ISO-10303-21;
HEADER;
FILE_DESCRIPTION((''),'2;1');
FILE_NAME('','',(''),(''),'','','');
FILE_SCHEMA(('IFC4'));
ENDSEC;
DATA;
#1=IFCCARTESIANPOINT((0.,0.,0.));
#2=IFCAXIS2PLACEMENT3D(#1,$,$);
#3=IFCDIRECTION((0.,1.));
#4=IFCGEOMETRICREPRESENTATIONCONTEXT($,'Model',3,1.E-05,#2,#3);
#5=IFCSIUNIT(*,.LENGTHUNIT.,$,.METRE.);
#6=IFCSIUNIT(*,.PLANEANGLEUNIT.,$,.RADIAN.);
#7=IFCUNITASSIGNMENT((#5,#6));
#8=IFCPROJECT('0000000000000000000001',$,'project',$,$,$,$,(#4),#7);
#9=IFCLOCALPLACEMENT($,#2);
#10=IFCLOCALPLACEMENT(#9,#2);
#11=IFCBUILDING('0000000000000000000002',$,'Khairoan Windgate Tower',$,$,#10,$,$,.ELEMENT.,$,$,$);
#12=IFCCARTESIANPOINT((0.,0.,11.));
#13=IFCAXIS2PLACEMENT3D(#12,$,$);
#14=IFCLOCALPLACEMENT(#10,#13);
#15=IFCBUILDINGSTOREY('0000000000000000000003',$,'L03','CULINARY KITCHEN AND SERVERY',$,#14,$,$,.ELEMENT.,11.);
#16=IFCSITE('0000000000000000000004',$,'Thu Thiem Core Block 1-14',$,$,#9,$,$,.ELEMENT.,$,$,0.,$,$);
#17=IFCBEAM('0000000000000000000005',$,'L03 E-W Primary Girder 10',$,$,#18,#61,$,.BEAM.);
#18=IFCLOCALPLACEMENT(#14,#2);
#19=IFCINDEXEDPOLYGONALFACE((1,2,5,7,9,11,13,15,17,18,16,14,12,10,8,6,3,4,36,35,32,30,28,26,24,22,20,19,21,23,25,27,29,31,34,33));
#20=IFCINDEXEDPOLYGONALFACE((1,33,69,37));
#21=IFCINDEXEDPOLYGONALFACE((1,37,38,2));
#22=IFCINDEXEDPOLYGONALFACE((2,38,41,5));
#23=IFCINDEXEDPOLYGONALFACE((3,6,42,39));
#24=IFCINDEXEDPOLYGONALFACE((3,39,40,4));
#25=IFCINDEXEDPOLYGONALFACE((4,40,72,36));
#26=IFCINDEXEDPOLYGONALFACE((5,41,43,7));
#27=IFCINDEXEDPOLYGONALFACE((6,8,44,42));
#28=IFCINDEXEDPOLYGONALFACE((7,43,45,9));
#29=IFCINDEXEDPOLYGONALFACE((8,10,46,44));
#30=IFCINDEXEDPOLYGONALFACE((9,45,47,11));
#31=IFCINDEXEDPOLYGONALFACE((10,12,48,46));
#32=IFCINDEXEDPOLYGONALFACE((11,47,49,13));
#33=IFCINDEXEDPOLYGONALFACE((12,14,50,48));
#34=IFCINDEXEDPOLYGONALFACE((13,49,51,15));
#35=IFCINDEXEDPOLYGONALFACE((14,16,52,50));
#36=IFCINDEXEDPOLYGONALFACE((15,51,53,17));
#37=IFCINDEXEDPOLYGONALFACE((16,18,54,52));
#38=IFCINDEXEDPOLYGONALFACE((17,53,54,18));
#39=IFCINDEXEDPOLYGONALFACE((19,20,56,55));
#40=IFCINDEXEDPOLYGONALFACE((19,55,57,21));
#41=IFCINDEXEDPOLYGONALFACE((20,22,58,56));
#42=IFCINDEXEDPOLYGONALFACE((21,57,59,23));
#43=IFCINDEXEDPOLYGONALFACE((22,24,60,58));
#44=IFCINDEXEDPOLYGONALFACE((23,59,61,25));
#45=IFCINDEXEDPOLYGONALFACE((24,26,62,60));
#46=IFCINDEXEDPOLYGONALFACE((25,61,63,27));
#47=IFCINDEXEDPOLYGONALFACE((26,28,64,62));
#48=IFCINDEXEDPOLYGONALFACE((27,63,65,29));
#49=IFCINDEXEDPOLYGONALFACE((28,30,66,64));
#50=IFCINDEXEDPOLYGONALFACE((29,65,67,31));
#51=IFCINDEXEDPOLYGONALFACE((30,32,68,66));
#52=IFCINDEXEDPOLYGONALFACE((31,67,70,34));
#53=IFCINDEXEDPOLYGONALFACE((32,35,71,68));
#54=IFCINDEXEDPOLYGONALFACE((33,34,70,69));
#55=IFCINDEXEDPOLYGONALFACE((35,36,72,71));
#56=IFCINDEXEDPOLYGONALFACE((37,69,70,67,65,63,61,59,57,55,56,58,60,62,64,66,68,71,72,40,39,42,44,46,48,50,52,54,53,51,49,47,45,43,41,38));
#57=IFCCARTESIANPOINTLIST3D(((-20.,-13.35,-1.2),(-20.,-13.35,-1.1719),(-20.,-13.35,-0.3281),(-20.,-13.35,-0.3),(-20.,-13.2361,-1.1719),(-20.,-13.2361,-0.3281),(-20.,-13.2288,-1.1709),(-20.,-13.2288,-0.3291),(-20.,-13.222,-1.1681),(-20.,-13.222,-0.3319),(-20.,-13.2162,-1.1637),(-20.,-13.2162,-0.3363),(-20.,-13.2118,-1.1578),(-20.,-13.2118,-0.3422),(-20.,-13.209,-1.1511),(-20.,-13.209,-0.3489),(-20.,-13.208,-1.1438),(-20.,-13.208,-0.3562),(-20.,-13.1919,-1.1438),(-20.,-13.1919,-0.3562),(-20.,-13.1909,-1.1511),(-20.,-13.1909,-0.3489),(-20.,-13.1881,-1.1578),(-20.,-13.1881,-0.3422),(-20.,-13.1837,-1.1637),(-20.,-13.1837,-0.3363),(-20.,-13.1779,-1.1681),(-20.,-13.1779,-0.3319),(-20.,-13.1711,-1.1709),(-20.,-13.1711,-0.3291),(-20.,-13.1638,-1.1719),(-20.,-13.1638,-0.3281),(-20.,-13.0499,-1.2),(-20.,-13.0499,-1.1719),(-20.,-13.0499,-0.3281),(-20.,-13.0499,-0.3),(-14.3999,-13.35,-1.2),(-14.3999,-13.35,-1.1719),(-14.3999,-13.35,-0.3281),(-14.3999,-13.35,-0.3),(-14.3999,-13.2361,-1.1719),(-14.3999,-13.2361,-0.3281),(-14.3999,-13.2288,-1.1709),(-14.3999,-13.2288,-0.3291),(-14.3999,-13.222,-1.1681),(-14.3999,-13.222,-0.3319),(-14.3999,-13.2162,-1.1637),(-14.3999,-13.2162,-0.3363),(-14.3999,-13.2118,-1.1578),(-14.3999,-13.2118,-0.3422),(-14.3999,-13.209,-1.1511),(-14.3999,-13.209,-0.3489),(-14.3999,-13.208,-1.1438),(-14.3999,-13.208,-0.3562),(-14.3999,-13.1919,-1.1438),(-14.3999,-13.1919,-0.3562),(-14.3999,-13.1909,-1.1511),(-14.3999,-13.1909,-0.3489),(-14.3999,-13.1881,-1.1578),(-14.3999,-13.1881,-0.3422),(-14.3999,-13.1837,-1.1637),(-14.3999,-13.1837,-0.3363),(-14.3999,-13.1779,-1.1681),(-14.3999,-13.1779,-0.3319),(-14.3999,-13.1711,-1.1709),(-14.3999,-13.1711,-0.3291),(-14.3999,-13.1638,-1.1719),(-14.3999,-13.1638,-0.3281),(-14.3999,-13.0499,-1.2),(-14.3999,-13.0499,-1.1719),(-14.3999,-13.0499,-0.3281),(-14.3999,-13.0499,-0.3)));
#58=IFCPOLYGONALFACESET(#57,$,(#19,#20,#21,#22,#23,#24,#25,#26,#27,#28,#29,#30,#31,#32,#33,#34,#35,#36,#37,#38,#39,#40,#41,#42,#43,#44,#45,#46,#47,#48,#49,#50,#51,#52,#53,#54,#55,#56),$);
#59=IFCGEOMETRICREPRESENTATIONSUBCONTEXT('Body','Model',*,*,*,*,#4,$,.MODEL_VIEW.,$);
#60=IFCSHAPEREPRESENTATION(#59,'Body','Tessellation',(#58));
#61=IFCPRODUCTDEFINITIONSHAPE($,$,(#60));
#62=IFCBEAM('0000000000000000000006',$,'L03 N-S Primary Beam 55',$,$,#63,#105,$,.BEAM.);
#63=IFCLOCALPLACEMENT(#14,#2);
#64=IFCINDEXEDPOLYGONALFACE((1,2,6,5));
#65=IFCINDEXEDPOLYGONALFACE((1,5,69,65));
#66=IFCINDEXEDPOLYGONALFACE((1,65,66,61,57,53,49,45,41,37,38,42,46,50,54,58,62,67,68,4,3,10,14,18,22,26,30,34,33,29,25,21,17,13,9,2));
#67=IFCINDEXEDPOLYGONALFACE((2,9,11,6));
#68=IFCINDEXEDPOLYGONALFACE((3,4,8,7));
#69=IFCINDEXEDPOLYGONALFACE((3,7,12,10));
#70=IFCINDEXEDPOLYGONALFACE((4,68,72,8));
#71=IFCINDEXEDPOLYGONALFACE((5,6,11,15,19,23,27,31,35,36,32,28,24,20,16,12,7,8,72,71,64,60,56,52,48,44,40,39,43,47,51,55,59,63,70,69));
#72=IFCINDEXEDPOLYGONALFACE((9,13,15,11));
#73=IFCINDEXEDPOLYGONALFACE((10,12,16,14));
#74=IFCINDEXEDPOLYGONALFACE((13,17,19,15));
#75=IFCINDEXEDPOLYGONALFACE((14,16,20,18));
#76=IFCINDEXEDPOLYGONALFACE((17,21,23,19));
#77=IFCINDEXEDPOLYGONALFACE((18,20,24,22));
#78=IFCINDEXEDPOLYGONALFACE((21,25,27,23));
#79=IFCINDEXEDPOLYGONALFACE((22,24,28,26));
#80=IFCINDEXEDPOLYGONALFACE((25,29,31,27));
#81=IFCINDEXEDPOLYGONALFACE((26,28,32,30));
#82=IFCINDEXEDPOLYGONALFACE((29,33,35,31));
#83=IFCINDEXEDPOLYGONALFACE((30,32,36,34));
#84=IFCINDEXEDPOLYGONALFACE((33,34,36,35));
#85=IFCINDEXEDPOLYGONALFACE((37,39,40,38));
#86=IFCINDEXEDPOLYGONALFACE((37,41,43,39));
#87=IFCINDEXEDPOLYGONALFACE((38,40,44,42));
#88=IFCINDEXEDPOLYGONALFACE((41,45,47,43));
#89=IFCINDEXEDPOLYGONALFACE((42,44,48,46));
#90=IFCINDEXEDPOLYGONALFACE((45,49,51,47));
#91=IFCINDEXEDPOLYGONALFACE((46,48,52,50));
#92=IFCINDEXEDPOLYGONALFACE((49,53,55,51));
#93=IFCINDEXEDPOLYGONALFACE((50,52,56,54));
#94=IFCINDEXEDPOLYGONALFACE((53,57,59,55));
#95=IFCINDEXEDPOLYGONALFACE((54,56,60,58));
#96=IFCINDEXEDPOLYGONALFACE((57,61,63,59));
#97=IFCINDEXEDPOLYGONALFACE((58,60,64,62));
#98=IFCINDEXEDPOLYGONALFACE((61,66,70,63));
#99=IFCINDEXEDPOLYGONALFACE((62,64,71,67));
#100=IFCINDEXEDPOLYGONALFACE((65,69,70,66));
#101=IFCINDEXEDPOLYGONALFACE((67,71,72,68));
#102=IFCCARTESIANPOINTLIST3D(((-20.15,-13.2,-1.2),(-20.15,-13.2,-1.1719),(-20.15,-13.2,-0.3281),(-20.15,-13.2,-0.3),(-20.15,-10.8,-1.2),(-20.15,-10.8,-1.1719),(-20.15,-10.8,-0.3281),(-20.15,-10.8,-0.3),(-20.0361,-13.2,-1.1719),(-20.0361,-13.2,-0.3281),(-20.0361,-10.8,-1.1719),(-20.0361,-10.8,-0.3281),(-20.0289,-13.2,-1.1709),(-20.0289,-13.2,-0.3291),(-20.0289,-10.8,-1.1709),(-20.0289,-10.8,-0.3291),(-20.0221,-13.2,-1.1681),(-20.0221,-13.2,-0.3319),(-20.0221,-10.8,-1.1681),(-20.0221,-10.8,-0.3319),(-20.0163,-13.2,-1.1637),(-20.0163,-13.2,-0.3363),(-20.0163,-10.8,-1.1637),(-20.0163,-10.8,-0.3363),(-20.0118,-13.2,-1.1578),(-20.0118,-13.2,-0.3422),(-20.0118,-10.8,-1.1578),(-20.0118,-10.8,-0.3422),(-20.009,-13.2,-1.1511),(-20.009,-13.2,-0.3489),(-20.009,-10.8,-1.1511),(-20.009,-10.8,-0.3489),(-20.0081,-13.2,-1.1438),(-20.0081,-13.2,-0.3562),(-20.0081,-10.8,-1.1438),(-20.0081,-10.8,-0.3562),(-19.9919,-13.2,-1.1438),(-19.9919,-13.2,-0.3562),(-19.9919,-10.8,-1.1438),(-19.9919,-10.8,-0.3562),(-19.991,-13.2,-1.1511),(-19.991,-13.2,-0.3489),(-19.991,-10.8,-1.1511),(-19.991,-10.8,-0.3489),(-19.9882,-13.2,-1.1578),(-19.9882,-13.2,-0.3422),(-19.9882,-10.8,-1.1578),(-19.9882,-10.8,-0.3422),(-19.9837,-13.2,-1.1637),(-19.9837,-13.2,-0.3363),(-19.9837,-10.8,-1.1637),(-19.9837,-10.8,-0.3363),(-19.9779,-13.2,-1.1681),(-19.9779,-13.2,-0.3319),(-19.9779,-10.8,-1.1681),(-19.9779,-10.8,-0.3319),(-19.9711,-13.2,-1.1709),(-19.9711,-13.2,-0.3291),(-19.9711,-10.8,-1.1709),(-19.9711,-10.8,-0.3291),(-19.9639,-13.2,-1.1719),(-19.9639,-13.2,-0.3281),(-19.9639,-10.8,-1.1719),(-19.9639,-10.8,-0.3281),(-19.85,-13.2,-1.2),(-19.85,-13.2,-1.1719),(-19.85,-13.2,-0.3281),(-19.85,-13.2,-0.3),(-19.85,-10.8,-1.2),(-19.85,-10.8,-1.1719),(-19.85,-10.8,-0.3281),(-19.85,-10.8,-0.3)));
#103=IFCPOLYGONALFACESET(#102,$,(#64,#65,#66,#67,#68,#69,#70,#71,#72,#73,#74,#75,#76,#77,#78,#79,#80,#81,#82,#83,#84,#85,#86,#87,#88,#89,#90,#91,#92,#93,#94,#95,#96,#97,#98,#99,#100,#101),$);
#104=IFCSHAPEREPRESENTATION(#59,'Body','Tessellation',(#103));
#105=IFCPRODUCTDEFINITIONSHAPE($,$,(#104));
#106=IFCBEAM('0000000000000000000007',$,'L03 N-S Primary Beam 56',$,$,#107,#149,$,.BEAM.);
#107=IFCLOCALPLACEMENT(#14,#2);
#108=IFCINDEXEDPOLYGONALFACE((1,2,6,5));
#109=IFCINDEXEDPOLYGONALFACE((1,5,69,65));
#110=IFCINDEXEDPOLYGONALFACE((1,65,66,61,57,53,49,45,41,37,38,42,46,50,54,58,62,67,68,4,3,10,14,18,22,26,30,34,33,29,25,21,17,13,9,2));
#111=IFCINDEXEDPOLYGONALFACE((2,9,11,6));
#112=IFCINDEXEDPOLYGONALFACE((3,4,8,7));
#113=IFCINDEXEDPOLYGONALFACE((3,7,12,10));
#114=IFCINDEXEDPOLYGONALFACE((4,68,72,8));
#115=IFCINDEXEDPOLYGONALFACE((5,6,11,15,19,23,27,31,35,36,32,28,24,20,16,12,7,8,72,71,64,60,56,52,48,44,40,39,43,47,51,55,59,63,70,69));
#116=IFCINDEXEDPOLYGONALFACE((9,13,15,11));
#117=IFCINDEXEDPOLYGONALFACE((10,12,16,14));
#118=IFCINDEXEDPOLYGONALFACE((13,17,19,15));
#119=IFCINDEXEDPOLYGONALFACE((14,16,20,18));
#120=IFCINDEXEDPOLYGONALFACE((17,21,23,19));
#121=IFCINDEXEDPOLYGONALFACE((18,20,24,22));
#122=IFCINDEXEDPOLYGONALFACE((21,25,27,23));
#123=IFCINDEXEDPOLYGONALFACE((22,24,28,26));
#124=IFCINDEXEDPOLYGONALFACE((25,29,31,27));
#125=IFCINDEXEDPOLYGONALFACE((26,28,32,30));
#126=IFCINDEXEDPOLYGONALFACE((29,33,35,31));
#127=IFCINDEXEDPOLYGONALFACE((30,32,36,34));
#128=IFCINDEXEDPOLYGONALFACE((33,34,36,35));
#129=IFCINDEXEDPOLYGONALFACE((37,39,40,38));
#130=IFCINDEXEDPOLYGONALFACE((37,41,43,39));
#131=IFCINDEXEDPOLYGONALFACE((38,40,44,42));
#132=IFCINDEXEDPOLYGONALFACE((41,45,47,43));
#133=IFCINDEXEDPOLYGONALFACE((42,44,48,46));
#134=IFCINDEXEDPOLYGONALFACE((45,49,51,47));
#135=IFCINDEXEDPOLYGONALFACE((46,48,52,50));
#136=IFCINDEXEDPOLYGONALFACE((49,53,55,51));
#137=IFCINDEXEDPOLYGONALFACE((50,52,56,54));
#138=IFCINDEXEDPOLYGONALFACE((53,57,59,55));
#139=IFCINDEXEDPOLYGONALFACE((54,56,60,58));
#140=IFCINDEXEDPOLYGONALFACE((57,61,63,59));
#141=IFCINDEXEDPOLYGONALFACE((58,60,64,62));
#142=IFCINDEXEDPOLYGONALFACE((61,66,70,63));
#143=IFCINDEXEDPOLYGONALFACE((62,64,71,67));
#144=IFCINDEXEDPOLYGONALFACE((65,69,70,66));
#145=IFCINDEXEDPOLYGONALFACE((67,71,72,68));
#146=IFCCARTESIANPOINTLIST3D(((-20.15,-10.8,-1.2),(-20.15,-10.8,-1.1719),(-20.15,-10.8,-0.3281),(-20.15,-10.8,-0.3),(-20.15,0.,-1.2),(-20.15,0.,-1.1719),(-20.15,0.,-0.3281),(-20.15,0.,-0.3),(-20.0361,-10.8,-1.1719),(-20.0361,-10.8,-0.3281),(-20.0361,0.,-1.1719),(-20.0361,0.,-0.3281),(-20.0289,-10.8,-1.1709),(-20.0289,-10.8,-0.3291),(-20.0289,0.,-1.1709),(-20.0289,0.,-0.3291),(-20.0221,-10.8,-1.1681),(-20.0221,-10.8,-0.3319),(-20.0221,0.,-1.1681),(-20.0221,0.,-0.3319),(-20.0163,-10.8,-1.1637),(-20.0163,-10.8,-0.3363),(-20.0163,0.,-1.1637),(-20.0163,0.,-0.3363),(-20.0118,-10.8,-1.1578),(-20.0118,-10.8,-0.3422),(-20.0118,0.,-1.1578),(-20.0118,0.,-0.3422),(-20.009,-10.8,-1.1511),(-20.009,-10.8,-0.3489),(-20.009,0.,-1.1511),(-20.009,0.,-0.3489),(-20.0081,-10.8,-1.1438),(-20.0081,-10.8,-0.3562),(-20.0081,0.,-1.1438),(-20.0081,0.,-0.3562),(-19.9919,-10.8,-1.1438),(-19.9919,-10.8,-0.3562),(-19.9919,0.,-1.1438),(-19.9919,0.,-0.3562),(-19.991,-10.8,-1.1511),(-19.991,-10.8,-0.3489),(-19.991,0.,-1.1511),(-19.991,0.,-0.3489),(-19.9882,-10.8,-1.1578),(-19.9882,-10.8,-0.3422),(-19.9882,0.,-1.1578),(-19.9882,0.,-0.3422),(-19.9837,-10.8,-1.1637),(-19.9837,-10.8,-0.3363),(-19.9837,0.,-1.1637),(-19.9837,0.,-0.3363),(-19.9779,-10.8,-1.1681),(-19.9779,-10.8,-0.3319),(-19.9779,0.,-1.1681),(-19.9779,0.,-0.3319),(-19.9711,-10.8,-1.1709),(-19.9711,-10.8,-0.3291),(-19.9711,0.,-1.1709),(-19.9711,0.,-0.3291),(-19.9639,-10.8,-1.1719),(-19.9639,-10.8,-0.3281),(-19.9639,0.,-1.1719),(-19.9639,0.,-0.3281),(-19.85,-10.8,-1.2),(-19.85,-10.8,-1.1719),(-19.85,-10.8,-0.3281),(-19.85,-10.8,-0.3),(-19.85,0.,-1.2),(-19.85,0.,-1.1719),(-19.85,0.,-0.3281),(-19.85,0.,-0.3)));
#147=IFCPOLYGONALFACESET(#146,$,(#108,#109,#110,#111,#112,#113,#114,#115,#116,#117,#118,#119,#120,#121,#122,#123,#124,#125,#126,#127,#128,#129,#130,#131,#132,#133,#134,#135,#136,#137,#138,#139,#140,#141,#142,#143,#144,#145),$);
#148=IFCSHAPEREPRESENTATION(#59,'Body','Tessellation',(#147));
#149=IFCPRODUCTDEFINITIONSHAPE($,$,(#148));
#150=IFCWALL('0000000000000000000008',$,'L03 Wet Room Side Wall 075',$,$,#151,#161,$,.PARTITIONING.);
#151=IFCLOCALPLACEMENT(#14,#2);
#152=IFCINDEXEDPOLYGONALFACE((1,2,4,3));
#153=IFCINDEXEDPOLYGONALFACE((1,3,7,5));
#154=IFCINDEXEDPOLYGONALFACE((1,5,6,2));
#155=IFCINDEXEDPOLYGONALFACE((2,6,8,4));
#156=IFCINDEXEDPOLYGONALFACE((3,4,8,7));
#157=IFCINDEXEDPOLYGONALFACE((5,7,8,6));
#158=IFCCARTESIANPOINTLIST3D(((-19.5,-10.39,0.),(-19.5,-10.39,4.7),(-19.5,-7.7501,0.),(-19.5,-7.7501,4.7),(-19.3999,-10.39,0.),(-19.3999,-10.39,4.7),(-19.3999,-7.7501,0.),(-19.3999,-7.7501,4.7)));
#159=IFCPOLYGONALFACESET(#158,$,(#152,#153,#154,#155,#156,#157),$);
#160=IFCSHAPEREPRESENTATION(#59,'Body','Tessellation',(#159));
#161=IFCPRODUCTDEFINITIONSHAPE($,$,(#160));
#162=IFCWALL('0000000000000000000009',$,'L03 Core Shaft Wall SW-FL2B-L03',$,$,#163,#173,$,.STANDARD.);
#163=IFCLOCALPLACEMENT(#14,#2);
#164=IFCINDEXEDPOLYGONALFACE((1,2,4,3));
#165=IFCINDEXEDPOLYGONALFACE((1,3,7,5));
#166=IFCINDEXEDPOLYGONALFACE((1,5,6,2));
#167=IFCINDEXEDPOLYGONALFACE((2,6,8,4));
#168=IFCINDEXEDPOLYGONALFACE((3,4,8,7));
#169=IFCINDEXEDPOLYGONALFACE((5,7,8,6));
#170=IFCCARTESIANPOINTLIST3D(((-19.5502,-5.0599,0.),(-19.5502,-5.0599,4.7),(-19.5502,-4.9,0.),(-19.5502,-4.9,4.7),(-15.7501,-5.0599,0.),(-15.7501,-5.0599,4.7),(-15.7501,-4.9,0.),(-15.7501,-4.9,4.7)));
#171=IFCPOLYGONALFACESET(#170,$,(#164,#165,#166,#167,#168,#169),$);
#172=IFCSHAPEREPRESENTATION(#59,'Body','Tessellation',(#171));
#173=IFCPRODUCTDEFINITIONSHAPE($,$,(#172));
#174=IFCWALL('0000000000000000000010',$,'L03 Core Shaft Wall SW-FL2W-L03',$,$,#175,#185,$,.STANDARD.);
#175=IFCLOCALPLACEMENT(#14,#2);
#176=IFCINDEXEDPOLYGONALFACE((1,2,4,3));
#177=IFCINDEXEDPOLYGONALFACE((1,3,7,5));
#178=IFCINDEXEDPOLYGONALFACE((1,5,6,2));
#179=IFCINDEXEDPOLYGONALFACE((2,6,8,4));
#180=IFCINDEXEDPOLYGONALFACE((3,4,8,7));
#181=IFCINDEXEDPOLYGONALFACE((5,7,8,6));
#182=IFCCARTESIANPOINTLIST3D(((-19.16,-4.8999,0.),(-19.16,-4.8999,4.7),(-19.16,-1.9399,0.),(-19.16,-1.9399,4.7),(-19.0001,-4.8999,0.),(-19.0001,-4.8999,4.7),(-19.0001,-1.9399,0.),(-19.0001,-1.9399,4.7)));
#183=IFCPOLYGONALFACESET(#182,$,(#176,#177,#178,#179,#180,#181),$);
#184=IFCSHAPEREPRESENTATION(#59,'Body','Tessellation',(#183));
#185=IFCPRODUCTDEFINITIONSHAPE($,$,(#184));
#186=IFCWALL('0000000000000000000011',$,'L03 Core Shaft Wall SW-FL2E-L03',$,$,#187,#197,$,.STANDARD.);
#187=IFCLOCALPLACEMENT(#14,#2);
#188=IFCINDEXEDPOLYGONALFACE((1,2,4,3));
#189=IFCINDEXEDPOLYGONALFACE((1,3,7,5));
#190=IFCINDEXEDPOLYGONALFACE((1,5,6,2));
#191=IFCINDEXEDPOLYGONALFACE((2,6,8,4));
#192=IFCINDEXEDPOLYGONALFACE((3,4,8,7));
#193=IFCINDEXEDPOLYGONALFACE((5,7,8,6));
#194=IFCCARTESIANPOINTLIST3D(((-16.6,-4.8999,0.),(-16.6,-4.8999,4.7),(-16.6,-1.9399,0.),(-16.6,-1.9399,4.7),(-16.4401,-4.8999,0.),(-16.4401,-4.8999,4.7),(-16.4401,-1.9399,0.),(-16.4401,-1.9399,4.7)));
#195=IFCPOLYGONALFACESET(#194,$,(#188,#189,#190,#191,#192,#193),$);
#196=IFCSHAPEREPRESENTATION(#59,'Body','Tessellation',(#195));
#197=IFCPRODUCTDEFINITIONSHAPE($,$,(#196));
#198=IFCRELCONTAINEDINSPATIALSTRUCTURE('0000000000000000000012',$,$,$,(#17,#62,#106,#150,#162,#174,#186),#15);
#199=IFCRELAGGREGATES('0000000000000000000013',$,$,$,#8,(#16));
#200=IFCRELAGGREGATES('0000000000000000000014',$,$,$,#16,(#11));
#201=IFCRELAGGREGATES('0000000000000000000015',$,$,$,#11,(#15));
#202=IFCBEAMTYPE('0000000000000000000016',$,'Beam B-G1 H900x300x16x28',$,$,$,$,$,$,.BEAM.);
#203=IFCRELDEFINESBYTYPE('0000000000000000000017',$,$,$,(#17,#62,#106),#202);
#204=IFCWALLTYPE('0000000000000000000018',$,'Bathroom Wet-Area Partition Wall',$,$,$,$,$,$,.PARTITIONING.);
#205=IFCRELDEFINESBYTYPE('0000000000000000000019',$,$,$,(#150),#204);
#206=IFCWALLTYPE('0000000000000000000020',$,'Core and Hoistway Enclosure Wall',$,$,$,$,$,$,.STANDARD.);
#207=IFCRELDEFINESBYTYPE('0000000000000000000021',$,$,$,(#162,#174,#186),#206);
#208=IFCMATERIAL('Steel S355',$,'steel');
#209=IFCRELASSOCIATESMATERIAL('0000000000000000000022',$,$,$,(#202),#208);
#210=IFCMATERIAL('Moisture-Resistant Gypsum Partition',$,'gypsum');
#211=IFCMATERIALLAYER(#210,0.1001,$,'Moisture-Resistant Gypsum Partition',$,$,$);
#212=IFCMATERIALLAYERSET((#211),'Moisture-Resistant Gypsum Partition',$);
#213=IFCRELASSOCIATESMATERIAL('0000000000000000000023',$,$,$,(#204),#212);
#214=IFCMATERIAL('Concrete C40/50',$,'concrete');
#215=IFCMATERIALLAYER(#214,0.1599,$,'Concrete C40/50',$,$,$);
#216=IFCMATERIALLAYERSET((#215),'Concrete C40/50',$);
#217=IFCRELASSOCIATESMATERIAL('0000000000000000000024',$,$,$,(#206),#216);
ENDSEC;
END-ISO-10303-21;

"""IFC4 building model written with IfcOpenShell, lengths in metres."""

from ifc_helpers import new_model, si_unit, direction, frame, frame_2d, origin, origin_2d, place, context, subcontext, project, spatial, rectangle, i_section, extrude, material, layer, layer_set, material_profile, profile_set, type_object, element, save


model = new_model("IFC4")

# Units and contexts
model_context = context("Model", 3, precision=1e-05, world=origin(), true_north=direction((0.0, 1.0)))
body_context = subcontext(model_context, "Body", "Model", "MODEL_VIEW")
ifc_project = project(units=[si_unit("LENGTHUNIT", "METRE"), si_unit("PLANEANGLEUNIT", "RADIAN")], contexts=[model_context])

# Site, building, storey
site_placement = place(None, origin())
site = spatial("IfcSite", under=ifc_project, at=site_placement, Name="Thu Thiem Core Block 1-14", CompositionType="ELEMENT", RefElevation=0.0)
building_placement = place(site_placement, origin())
building = spatial("IfcBuilding", under=site, at=building_placement, Name="Khairoan Windgate Tower", CompositionType="ELEMENT")
storey_placement = place(building_placement, frame((0.0, 0.0, 11.0)))
storey = spatial("IfcBuildingStorey", under=building, at=storey_placement, Name="L03", Description="CULINARY KITCHEN AND SERVERY", CompositionType="ELEMENT", Elevation=11.0)

# Beams
ifc_material_1 = material(Name="Steel S355", Category="steel")
ifc_material_profile = material_profile(ifc_material_1, i_section(OverallWidth=0.3, OverallDepth=0.8999, WebThickness=0.0161, FlangeThickness=0.0281, FilletRadius=0.0281, at=origin_2d()))
ifc_profile_set = profile_set([ifc_material_profile], Name="Steel S355")
beam_type = type_object("IfcBeamType", Name="Beam B-G1 H900x300x16x28", PredefinedType="BEAM", material=ifc_profile_set)
beam_1_placement = place(storey_placement, frame((-20.0, -13.2, -0.75), z_axis=(1.0, 0.0, 0.0), x_axis=(0.0, 1.0, 0.0)))
element("IfcBeam", 1, at=beam_1_placement, inside=storey, type_object=beam_type, Name="L03 E-W Primary Girder 10", PredefinedType="BEAM", context=body_context, shape_type="SweptSolid", body=[
    extrude(i_section(OverallWidth=0.3, OverallDepth=0.8999, WebThickness=0.0161, FlangeThickness=0.0281, FilletRadius=0.0281, at=origin_2d()), origin(), (0.0, 0.0, 1.0), 5.6001),
])
beam_2_placement = place(storey_placement, frame((-20.0, -13.2, -0.75), z_axis=(0.0, 1.0, 0.0), x_axis=(-1.0, 0.0, 0.0)))
element("IfcBeam", 2, at=beam_2_placement, inside=storey, type_object=beam_type, Name="L03 N-S Primary Beam 55", PredefinedType="BEAM", context=body_context, shape_type="SweptSolid", body=[
    extrude(i_section(OverallWidth=0.3, OverallDepth=0.8999, WebThickness=0.0161, FlangeThickness=0.0281, FilletRadius=0.0281, at=origin_2d()), origin(), (0.0, 0.0, 1.0), 2.3999),
])
beam_3_placement = place(storey_placement, frame((-20.0, -10.8, -0.75), z_axis=(0.0, 1.0, 0.0), x_axis=(-1.0, 0.0, 0.0)))
element("IfcBeam", 3, at=beam_3_placement, inside=storey, type_object=beam_type, Name="L03 N-S Primary Beam 56", PredefinedType="BEAM", context=body_context, shape_type="SweptSolid", body=[
    extrude(i_section(OverallWidth=0.3, OverallDepth=0.8999, WebThickness=0.0161, FlangeThickness=0.0281, FilletRadius=0.0281, at=origin_2d()), origin(), (0.0, 0.0, 1.0), 10.8),
])

# Walls
ifc_material_2 = material(Name="Moisture-Resistant Gypsum Partition", Category="gypsum")
ifc_layer_1 = layer(ifc_material_2, 0.1001, Name="Moisture-Resistant Gypsum Partition")
ifc_layer_set_1 = layer_set([ifc_layer_1], Name="Moisture-Resistant Gypsum Partition")
wall_type_1 = type_object("IfcWallType", Name="Bathroom Wet-Area Partition Wall", PredefinedType="PARTITIONING", material=ifc_layer_set_1)
wall_1_placement = place(storey_placement, frame((-19.45, -10.3899, 0.0), z_axis=(0.0, 0.0, 1.0), x_axis=(0.0, 1.0, 0.0)))
element("IfcWall", 4, at=wall_1_placement, inside=storey, type_object=wall_type_1, Name="L03 Wet Room Side Wall 075", PredefinedType="PARTITIONING", context=body_context, shape_type="SweptSolid", body=[
    extrude(rectangle(XDim=2.6399, YDim=0.1001, at=frame_2d((1.3198, 0.0))), origin(), (0.0, 0.0, 1.0), 4.7),
])
ifc_material_3 = material(Name="Concrete C40/50", Category="concrete")
ifc_layer_2 = layer(ifc_material_3, 0.1599, Name="Concrete C40/50")
ifc_layer_set_2 = layer_set([ifc_layer_2], Name="Concrete C40/50")
wall_type_2 = type_object("IfcWallType", Name="Core and Hoistway Enclosure Wall", PredefinedType="STANDARD", material=ifc_layer_set_2)
wall_2_placement = place(storey_placement, frame((-19.55, -4.98, 0.0), z_axis=(0.0, 0.0, 1.0), x_axis=(1.0, 0.0, 0.0)))
element("IfcWall", 5, at=wall_2_placement, inside=storey, type_object=wall_type_2, Name="L03 Core Shaft Wall SW-FL2B-L03", PredefinedType="STANDARD", context=body_context, shape_type="SweptSolid", body=[
    extrude(rectangle(XDim=3.8, YDim=0.1599, at=frame_2d((1.8999, 0.0))), origin(), (0.0, 0.0, 1.0), 4.7),
])
for number, where, z_axis, x_axis, name in (
    (6, (-19.0801, -4.8999, 0.0), (0.0, 0.0, 1.0), (0.0, 1.0, 0.0), "L03 Core Shaft Wall SW-FL2W-L03"),
    (7, (-16.52, -4.8999, 0.0), (0.0, 0.0, 1.0), (0.0, 1.0, 0.0), "L03 Core Shaft Wall SW-FL2E-L03"),
):
    element("IfcWall", number, at=place(storey_placement, frame(where, z_axis=z_axis, x_axis=x_axis)), inside=storey, type_object=wall_type_2, Name=name, PredefinedType="STANDARD", context=body_context, shape_type="SweptSolid", body=[
        extrude(rectangle(XDim=2.96, YDim=0.1599, at=frame_2d((1.48, 0.0))), origin(), (0.0, 0.0, 1.0), 4.7),
    ])

save(model, "model.ifc")
